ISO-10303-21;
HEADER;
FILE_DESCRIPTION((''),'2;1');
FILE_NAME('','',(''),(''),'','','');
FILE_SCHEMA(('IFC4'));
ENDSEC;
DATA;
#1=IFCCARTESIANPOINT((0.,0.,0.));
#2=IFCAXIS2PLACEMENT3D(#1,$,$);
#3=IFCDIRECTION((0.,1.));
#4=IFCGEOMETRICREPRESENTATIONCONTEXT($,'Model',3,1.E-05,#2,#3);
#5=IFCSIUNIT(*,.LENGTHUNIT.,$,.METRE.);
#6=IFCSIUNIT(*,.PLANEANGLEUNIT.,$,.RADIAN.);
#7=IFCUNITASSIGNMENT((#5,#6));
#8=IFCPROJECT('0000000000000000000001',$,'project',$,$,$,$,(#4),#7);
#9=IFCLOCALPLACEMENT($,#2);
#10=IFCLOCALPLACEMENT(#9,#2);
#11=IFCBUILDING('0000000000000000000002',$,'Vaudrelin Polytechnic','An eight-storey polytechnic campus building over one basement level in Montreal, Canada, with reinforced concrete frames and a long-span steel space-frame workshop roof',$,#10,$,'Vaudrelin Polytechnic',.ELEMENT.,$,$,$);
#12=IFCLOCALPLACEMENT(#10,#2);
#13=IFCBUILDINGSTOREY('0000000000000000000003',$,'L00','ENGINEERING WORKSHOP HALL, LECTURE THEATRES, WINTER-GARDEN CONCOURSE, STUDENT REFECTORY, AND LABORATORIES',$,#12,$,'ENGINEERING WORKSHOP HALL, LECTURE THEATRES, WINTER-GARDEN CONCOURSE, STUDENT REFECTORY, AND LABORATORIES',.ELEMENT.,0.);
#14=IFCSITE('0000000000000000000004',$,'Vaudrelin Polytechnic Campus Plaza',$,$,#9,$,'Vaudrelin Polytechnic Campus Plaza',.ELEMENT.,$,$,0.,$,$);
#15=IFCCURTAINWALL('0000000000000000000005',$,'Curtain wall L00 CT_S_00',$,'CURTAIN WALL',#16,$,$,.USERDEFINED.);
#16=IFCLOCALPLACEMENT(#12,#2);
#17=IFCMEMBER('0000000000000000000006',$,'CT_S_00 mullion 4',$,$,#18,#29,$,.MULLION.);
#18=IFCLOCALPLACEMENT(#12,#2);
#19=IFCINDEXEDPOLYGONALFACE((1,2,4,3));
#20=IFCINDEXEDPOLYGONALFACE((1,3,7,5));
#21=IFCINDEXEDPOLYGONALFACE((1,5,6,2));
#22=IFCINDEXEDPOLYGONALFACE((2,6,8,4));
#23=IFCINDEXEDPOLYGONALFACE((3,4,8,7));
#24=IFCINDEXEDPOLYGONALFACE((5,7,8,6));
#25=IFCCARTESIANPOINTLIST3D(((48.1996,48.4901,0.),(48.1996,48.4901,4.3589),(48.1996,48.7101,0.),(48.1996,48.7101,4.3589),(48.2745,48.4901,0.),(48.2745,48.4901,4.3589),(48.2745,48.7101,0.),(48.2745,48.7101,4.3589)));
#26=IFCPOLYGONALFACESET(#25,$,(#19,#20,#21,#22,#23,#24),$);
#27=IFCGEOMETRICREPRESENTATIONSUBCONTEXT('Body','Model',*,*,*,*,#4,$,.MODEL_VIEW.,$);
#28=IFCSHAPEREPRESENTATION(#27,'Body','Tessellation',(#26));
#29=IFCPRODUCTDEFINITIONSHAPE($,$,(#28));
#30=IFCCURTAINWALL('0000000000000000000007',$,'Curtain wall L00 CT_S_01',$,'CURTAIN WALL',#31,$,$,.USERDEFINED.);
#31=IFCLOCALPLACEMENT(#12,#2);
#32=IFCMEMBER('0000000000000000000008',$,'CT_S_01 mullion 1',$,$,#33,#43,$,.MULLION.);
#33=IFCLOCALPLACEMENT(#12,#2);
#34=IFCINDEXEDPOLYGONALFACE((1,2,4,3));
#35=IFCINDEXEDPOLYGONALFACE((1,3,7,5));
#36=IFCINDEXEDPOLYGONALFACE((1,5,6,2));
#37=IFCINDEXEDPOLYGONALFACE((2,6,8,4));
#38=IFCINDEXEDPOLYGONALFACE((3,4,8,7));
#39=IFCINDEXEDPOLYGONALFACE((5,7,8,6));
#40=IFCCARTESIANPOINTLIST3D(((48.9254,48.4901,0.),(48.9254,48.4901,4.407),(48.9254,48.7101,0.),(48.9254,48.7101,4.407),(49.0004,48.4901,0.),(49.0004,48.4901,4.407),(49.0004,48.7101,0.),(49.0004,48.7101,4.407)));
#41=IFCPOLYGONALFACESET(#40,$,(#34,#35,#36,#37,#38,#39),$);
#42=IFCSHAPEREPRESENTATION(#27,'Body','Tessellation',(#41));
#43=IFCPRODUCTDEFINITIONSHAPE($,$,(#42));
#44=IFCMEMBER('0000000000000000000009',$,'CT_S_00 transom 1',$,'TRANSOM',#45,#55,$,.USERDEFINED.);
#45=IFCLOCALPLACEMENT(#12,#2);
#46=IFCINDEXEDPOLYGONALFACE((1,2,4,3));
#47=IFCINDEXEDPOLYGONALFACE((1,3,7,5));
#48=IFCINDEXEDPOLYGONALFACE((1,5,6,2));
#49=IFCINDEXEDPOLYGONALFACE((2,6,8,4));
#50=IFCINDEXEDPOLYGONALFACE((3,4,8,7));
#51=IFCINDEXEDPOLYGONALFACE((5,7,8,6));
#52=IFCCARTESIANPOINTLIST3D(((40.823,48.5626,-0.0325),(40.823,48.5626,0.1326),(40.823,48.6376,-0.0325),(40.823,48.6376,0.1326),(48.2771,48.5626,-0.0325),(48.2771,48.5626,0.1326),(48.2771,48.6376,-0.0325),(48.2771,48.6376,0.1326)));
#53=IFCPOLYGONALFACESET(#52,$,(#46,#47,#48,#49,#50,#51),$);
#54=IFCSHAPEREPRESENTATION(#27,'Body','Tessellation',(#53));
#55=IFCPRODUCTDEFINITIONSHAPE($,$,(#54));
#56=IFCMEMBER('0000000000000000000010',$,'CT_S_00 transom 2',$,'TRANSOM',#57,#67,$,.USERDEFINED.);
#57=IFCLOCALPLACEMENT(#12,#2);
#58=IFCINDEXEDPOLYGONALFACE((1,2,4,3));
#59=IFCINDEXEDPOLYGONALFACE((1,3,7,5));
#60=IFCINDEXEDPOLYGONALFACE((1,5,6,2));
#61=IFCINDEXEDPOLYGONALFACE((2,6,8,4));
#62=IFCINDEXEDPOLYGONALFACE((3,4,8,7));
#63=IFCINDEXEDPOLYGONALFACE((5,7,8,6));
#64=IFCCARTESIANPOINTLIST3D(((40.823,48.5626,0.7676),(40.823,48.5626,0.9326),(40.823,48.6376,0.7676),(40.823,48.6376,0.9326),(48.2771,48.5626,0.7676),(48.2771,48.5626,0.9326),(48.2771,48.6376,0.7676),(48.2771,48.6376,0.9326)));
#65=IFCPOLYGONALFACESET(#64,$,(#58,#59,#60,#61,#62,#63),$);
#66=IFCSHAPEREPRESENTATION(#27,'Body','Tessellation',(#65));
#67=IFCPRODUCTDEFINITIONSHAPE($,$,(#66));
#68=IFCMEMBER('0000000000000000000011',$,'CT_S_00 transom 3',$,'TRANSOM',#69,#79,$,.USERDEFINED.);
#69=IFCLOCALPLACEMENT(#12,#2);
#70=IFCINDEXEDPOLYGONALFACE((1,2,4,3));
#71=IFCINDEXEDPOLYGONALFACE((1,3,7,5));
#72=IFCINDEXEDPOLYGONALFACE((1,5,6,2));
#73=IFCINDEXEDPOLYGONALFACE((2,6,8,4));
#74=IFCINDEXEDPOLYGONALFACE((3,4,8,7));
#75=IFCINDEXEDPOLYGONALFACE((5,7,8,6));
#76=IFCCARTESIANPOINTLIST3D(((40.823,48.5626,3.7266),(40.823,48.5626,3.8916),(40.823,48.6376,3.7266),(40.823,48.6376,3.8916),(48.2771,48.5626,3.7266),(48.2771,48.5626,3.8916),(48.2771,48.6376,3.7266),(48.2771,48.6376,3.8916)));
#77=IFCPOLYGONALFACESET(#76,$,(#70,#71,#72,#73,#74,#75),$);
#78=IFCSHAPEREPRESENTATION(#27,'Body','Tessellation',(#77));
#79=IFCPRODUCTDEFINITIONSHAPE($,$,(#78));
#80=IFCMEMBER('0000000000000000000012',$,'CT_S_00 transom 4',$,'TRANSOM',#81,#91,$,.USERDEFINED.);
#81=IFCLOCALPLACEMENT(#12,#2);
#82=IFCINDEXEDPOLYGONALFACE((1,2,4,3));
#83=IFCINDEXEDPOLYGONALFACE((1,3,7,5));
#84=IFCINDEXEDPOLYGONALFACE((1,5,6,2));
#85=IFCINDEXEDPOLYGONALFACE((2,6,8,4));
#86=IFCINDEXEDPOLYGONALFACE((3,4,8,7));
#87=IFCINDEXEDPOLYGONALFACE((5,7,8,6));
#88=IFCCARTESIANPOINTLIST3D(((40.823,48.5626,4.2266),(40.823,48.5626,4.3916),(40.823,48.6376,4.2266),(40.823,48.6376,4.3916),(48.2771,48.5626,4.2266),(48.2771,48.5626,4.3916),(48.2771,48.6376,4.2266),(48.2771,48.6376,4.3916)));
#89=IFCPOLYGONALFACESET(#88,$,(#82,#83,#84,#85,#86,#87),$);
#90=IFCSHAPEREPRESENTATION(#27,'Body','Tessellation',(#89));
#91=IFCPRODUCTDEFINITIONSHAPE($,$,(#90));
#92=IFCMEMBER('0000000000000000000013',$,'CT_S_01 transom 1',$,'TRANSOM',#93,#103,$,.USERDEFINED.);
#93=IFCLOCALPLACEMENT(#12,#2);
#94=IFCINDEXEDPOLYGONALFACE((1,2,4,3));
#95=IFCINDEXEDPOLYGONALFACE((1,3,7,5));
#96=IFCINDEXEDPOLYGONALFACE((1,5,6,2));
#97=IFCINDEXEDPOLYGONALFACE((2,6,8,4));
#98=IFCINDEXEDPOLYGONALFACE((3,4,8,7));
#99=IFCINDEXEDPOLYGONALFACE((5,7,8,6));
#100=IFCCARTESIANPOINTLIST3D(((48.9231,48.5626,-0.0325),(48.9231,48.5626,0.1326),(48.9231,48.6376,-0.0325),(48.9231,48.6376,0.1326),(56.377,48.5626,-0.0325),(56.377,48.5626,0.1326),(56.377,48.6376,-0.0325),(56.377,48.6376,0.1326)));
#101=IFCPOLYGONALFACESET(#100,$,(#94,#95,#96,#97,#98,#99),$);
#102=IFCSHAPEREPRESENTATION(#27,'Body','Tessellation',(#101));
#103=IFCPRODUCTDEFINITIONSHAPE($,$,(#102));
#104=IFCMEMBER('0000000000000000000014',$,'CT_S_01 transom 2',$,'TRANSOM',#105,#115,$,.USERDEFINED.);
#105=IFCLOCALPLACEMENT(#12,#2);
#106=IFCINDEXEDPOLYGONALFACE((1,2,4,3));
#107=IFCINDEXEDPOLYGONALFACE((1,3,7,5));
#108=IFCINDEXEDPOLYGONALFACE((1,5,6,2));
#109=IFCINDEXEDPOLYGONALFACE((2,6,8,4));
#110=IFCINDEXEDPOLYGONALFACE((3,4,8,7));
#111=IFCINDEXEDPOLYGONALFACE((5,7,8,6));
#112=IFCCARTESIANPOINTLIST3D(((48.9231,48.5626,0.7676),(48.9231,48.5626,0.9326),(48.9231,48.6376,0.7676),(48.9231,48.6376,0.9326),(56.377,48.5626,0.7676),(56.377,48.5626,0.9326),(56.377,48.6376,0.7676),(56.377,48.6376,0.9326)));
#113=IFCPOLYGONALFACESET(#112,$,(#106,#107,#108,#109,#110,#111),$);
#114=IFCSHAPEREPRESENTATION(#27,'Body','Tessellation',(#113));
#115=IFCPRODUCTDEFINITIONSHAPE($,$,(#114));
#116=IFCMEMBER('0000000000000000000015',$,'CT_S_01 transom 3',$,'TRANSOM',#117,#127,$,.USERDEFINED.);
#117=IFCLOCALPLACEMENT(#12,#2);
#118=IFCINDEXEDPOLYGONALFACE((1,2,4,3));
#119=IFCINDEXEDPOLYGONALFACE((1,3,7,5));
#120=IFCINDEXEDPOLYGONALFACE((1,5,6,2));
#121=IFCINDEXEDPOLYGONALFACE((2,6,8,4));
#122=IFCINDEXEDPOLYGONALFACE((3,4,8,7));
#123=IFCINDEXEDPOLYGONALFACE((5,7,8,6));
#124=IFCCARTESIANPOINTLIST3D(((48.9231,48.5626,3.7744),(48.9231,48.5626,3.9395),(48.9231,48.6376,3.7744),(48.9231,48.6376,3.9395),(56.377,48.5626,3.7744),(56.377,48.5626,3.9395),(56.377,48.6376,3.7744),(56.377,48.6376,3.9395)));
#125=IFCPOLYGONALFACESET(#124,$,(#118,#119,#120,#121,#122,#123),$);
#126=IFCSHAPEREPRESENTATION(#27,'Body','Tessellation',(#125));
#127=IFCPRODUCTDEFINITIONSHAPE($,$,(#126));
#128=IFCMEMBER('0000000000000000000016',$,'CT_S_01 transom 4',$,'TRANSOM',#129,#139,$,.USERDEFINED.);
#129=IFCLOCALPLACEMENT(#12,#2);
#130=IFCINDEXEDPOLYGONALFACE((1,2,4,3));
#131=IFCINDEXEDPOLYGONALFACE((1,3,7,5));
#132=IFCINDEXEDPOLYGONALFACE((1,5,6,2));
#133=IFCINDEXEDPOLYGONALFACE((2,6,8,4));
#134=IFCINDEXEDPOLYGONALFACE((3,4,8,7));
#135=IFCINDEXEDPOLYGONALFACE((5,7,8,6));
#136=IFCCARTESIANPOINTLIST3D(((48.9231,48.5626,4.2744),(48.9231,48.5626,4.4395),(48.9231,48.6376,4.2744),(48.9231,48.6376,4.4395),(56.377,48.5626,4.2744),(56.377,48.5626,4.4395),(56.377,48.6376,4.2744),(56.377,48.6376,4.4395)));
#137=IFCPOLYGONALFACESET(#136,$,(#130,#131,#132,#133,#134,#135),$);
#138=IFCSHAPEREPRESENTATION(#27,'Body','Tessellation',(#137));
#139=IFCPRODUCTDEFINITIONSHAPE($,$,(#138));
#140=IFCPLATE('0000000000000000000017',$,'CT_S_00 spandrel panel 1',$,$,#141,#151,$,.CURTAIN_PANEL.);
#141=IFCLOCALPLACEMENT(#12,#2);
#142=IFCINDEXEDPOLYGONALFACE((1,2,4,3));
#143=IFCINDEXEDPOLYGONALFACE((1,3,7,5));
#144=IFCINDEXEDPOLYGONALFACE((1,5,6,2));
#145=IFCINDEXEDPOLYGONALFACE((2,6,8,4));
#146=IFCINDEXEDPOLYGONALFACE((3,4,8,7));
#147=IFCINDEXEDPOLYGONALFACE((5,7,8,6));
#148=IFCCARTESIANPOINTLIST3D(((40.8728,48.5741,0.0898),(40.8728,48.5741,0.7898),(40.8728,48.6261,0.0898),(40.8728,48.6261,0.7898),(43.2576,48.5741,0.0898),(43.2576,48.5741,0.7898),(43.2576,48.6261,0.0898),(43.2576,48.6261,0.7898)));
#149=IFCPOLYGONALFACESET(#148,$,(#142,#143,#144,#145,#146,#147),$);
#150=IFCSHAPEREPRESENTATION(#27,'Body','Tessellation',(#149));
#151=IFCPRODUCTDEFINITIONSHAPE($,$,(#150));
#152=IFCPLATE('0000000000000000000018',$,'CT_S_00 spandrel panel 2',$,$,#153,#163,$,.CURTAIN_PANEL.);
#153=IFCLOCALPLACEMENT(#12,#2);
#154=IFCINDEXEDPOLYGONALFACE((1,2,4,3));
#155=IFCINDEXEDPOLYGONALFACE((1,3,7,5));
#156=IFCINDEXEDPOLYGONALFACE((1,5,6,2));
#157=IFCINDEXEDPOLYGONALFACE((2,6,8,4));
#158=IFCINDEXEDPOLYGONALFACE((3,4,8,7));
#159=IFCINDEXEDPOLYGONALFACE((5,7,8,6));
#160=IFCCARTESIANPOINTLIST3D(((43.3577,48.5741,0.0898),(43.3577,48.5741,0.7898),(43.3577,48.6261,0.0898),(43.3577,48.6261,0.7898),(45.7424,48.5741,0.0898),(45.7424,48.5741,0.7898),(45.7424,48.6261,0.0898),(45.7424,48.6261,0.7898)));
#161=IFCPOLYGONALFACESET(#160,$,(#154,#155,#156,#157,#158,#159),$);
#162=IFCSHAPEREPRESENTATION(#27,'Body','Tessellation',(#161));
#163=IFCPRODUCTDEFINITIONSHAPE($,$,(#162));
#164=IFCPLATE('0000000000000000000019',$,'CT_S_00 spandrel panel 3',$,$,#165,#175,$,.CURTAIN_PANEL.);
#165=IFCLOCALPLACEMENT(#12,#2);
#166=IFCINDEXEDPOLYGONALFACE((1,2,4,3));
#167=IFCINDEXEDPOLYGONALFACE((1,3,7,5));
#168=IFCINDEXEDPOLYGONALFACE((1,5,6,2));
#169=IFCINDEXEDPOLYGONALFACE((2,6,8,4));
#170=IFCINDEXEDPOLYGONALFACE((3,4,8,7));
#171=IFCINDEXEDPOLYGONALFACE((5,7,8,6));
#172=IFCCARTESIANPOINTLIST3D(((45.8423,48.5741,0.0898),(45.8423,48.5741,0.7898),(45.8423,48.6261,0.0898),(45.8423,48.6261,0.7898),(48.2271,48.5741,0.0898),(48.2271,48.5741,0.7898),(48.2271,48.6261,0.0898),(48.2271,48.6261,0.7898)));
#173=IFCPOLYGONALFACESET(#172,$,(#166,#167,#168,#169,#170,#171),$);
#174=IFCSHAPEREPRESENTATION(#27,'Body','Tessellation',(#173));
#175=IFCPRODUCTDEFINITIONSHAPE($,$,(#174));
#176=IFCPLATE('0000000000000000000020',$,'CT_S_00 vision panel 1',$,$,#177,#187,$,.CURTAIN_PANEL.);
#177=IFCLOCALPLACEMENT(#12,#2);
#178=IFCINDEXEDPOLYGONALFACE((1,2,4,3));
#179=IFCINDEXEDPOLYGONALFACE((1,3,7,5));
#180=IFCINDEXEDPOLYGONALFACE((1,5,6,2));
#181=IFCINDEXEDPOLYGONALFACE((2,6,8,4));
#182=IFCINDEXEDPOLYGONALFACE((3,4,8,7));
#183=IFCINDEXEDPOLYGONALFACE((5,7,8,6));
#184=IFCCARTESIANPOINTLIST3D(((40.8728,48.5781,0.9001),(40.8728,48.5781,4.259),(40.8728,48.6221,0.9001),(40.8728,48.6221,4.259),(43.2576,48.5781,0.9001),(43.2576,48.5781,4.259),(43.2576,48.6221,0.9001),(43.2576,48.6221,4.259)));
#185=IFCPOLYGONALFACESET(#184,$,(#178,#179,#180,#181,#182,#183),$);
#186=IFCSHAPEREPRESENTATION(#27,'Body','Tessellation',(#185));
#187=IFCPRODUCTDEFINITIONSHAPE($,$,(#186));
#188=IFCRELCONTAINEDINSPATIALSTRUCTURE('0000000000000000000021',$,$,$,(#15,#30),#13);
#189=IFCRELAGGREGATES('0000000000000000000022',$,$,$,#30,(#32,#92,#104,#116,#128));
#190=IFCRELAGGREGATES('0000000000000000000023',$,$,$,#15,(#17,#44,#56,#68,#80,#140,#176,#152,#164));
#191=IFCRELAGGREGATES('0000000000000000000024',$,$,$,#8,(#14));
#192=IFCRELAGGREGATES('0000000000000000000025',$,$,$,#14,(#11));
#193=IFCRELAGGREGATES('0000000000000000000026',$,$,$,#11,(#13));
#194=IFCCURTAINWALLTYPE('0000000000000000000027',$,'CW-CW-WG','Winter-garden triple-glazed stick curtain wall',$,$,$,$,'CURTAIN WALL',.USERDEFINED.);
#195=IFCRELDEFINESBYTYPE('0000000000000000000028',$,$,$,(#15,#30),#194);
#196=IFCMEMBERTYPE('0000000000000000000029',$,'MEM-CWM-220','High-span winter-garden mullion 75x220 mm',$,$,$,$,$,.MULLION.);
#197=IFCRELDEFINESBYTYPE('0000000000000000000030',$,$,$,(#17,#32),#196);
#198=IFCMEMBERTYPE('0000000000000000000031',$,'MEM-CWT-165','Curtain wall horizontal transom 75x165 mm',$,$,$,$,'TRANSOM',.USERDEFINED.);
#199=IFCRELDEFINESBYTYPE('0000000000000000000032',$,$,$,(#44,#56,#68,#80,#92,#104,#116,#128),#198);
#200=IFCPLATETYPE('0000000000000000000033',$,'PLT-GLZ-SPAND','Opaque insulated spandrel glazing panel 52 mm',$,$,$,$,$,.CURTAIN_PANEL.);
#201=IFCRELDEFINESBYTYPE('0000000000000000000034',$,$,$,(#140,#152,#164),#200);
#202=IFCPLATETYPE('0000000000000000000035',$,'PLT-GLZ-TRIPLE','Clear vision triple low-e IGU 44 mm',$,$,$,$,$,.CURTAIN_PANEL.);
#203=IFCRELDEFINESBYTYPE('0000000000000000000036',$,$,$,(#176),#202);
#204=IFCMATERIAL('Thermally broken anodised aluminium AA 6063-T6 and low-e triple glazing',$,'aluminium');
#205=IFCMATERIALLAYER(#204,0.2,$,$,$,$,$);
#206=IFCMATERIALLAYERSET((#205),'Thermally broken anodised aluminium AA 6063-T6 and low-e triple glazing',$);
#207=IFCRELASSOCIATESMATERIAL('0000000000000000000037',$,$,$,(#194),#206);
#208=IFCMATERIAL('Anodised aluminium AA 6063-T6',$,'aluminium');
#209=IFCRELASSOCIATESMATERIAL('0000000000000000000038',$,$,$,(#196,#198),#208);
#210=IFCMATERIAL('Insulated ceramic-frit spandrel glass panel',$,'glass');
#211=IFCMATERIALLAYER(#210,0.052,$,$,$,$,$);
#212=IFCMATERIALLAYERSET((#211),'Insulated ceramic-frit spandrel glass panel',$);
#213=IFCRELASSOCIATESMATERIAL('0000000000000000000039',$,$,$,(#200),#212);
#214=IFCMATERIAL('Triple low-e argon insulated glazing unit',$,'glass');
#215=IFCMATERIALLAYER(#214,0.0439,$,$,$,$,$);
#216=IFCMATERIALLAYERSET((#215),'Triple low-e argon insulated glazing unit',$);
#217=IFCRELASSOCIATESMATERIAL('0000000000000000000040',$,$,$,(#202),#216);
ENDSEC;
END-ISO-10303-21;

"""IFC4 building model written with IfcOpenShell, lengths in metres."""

from ifc_helpers import new_model, si_unit, direction, frame, origin, origin_2d, place, context, subcontext, project, spatial, rectangle, extrude, material, layer, layer_set, material_profile, profile_set, type_object, element, aggregate, save


model = new_model("IFC4")

# Units and contexts
model_context = context("Model", 3, precision=1e-05, world=origin(), true_north=direction((0.0, 1.0)))
body_context = subcontext(model_context, "Body", "Model", "MODEL_VIEW")
ifc_project = project(units=[si_unit("LENGTHUNIT", "METRE"), si_unit("PLANEANGLEUNIT", "RADIAN")], contexts=[model_context])

# Site, building, storey
site_placement = place(None, origin())
site = spatial("IfcSite", under=ifc_project, at=site_placement, Name="Vaudrelin Polytechnic Campus Plaza", LongName="Vaudrelin Polytechnic Campus Plaza", CompositionType="ELEMENT", RefElevation=0.0)
building_placement = place(site_placement, origin())
building = spatial("IfcBuilding", under=site, at=building_placement, Name="Vaudrelin Polytechnic", Description="An eight-storey polytechnic campus building over one basement level in Montreal, Canada, with reinforced concrete frames and a long-span steel space-frame workshop roof", LongName="Vaudrelin Polytechnic", CompositionType="ELEMENT")
storey_placement = place(building_placement, origin())
storey = spatial("IfcBuildingStorey", under=building, at=storey_placement, Name="L00", Description="ENGINEERING WORKSHOP HALL, LECTURE THEATRES, WINTER-GARDEN CONCOURSE, STUDENT REFECTORY, AND LABORATORIES", LongName="ENGINEERING WORKSHOP HALL, LECTURE THEATRES, WINTER-GARDEN CONCOURSE, STUDENT REFECTORY, AND LABORATORIES", CompositionType="ELEMENT", Elevation=0.0)

# Curtain wall, member
ifc_material_1 = material(Name="Thermally broken anodised aluminium AA 6063-T6 and low-e triple glazing", Category="aluminium")
ifc_layer_1 = layer(ifc_material_1, 0.2)
ifc_layer_set_1 = layer_set([ifc_layer_1], Name="Thermally broken anodised aluminium AA 6063-T6 and low-e triple glazing")
curtain_wall_type = type_object("IfcCurtainWallType", Name="CW-CW-WG", Description="Winter-garden triple-glazed stick curtain wall", ElementType="CURTAIN WALL", PredefinedType="USERDEFINED", material=ifc_layer_set_1)
curtain_wall_1_placement = place(storey_placement, origin())
curtain_wall_1 = element("IfcCurtainWall", 1, at=curtain_wall_1_placement, inside=storey, type_object=curtain_wall_type, Name="Curtain wall L00 CT_S_00", ObjectType="CURTAIN WALL", PredefinedType="USERDEFINED")
ifc_material_2 = material(Name="Anodised aluminium AA 6063-T6", Category="aluminium")
ifc_material_profile_1 = material_profile(ifc_material_2, rectangle(XDim=0.075, YDim=0.22, at=origin_2d()), Name="CWM-75x220")
ifc_profile_set_1 = profile_set([ifc_material_profile_1], Name="Anodised aluminium AA 6063-T6")
member_type_1 = type_object("IfcMemberType", Name="MEM-CWM-220", Description="High-span winter-garden mullion 75x220 mm", PredefinedType="MULLION", material=ifc_profile_set_1)
member_1_placement = place(storey_placement, frame((48.2371, 48.6001, 0.0), z_axis=(0.0, 0.0, 1.0), x_axis=(1.0, 0.0, 0.0)))
member_1 = element("IfcMember", 2, at=member_1_placement, type_object=member_type_1, Name="CT_S_00 mullion 4", PredefinedType="MULLION", context=body_context, shape_type="SweptSolid", body=[
    extrude(rectangle(XDim=0.075, YDim=0.22, at=origin_2d()), origin(), (0.0, 0.0, 1.0), 4.3589),
])

# Curtain wall, member
curtain_wall_2_placement = place(storey_placement, origin())
curtain_wall_2 = element("IfcCurtainWall", 3, at=curtain_wall_2_placement, inside=storey, type_object=curtain_wall_type, Name="Curtain wall L00 CT_S_01", ObjectType="CURTAIN WALL", PredefinedType="USERDEFINED")
member_2_placement = place(storey_placement, frame((48.9629, 48.6001, 0.0), z_axis=(0.0, 0.0, 1.0), x_axis=(1.0, 0.0, 0.0)))
member_2 = element("IfcMember", 4, at=member_2_placement, type_object=member_type_1, Name="CT_S_01 mullion 1", PredefinedType="MULLION", context=body_context, shape_type="SweptSolid", body=[
    extrude(rectangle(XDim=0.075, YDim=0.22, at=origin_2d()), origin(), (0.0, 0.0, 1.0), 4.407),
])

# Members
ifc_material_profile_2 = material_profile(ifc_material_2, rectangle(XDim=0.075, YDim=0.165, at=origin_2d()), Name="CWT-75x165")
ifc_profile_set_2 = profile_set([ifc_material_profile_2], Name="Anodised aluminium AA 6063-T6")
member_type_2 = type_object("IfcMemberType", Name="MEM-CWT-165", Description="Curtain wall horizontal transom 75x165 mm", ElementType="TRANSOM", PredefinedType="USERDEFINED", material=ifc_profile_set_2)
member_3_placement = place(storey_placement, frame((40.823, 48.6001, 0.05), z_axis=(1.0, 0.0, 0.0), x_axis=(0.0, 1.0, 0.0)))
member_3 = element("IfcMember", 5, at=member_3_placement, type_object=member_type_2, Name="CT_S_00 transom 1", ObjectType="TRANSOM", PredefinedType="USERDEFINED", context=body_context, shape_type="SweptSolid", body=[
    extrude(rectangle(XDim=0.075, YDim=0.165, at=origin_2d()), origin(), (0.0, 0.0, 1.0), 7.4541),
])
member_4_placement = place(storey_placement, frame((40.823, 48.6001, 0.8501), z_axis=(1.0, 0.0, 0.0), x_axis=(0.0, 1.0, 0.0)))
member_4 = element("IfcMember", 6, at=member_4_placement, type_object=member_type_2, Name="CT_S_00 transom 2", ObjectType="TRANSOM", PredefinedType="USERDEFINED", context=body_context, shape_type="SweptSolid", body=[
    extrude(rectangle(XDim=0.075, YDim=0.165, at=origin_2d()), origin(), (0.0, 0.0, 1.0), 7.4541),
])
member_5_placement = place(storey_placement, frame((40.823, 48.6001, 3.8091), z_axis=(1.0, 0.0, 0.0), x_axis=(0.0, 1.0, 0.0)))
member_5 = element("IfcMember", 7, at=member_5_placement, type_object=member_type_2, Name="CT_S_00 transom 3", ObjectType="TRANSOM", PredefinedType="USERDEFINED", context=body_context, shape_type="SweptSolid", body=[
    extrude(rectangle(XDim=0.075, YDim=0.165, at=origin_2d()), origin(), (0.0, 0.0, 1.0), 7.4541),
])
member_6_placement = place(storey_placement, frame((40.823, 48.6001, 4.3091), z_axis=(1.0, 0.0, 0.0), x_axis=(0.0, 1.0, 0.0)))
member_6 = element("IfcMember", 8, at=member_6_placement, type_object=member_type_2, Name="CT_S_00 transom 4", ObjectType="TRANSOM", PredefinedType="USERDEFINED", context=body_context, shape_type="SweptSolid", body=[
    extrude(rectangle(XDim=0.075, YDim=0.165, at=origin_2d()), origin(), (0.0, 0.0, 1.0), 7.4541),
])
member_7_placement = place(storey_placement, frame((48.9231, 48.6001, 0.05), z_axis=(1.0, 0.0, 0.0), x_axis=(0.0, 1.0, 0.0)))
member_7 = element("IfcMember", 9, at=member_7_placement, type_object=member_type_2, Name="CT_S_01 transom 1", ObjectType="TRANSOM", PredefinedType="USERDEFINED", context=body_context, shape_type="SweptSolid", body=[
    extrude(rectangle(XDim=0.075, YDim=0.165, at=origin_2d()), origin(), (0.0, 0.0, 1.0), 7.4539),
])
member_8_placement = place(storey_placement, frame((48.9231, 48.6001, 0.8501), z_axis=(1.0, 0.0, 0.0), x_axis=(0.0, 1.0, 0.0)))
member_8 = element("IfcMember", 10, at=member_8_placement, type_object=member_type_2, Name="CT_S_01 transom 2", ObjectType="TRANSOM", PredefinedType="USERDEFINED", context=body_context, shape_type="SweptSolid", body=[
    extrude(rectangle(XDim=0.075, YDim=0.165, at=origin_2d()), origin(), (0.0, 0.0, 1.0), 7.4539),
])
member_9_placement = place(storey_placement, frame((48.9231, 48.6001, 3.8569), z_axis=(1.0, 0.0, 0.0), x_axis=(0.0, 1.0, 0.0)))
member_9 = element("IfcMember", 11, at=member_9_placement, type_object=member_type_2, Name="CT_S_01 transom 3", ObjectType="TRANSOM", PredefinedType="USERDEFINED", context=body_context, shape_type="SweptSolid", body=[
    extrude(rectangle(XDim=0.075, YDim=0.165, at=origin_2d()), origin(), (0.0, 0.0, 1.0), 7.4539),
])
member_10_placement = place(storey_placement, frame((48.9231, 48.6001, 4.3569), z_axis=(1.0, 0.0, 0.0), x_axis=(0.0, 1.0, 0.0)))
member_10 = element("IfcMember", 12, at=member_10_placement, type_object=member_type_2, Name="CT_S_01 transom 4", ObjectType="TRANSOM", PredefinedType="USERDEFINED", context=body_context, shape_type="SweptSolid", body=[
    extrude(rectangle(XDim=0.075, YDim=0.165, at=origin_2d()), origin(), (0.0, 0.0, 1.0), 7.4539),
])
aggregate(curtain_wall_2, [member_2, member_7, member_8, member_9, member_10])

# Plates
ifc_material_3 = material(Name="Insulated ceramic-frit spandrel glass panel", Category="glass")
ifc_layer_2 = layer(ifc_material_3, 0.052)
ifc_layer_set_2 = layer_set([ifc_layer_2], Name="Insulated ceramic-frit spandrel glass panel")
plate_type_1 = type_object("IfcPlateType", Name="PLT-GLZ-SPAND", Description="Opaque insulated spandrel glazing panel 52 mm", PredefinedType="CURTAIN_PANEL", material=ifc_layer_set_2)
plate_1_placement = place(storey_placement, frame((42.0652, 48.6001, 0.0898), z_axis=(0.0, 0.0, 1.0), x_axis=(1.0, 0.0, 0.0)))
plate_1 = element("IfcPlate", 13, at=plate_1_placement, type_object=plate_type_1, Name="CT_S_00 spandrel panel 1", PredefinedType="CURTAIN_PANEL", context=body_context, shape_type="SweptSolid", body=[
    extrude(rectangle(XDim=2.3848, YDim=0.052, at=origin_2d()), origin(), (0.0, 0.0, 1.0), 0.7),
])
plate_2_placement = place(storey_placement, frame((44.55, 48.6001, 0.0898), z_axis=(0.0, 0.0, 1.0), x_axis=(1.0, 0.0, 0.0)))
plate_2 = element("IfcPlate", 14, at=plate_2_placement, type_object=plate_type_1, Name="CT_S_00 spandrel panel 2", PredefinedType="CURTAIN_PANEL", context=body_context, shape_type="SweptSolid", body=[
    extrude(rectangle(XDim=2.3848, YDim=0.052, at=origin_2d()), origin(), (0.0, 0.0, 1.0), 0.7),
])
plate_3_placement = place(storey_placement, frame((47.0347, 48.6001, 0.0898), z_axis=(0.0, 0.0, 1.0), x_axis=(1.0, 0.0, 0.0)))
plate_3 = element("IfcPlate", 15, at=plate_3_placement, type_object=plate_type_1, Name="CT_S_00 spandrel panel 3", PredefinedType="CURTAIN_PANEL", context=body_context, shape_type="SweptSolid", body=[
    extrude(rectangle(XDim=2.3848, YDim=0.052, at=origin_2d()), origin(), (0.0, 0.0, 1.0), 0.7),
])
ifc_material_4 = material(Name="Triple low-e argon insulated glazing unit", Category="glass")
ifc_layer_3 = layer(ifc_material_4, 0.0439)
ifc_layer_set_3 = layer_set([ifc_layer_3], Name="Triple low-e argon insulated glazing unit")
plate_type_2 = type_object("IfcPlateType", Name="PLT-GLZ-TRIPLE", Description="Clear vision triple low-e IGU 44 mm", PredefinedType="CURTAIN_PANEL", material=ifc_layer_set_3)
plate_4_placement = place(storey_placement, frame((42.0652, 48.6001, 0.9001), z_axis=(0.0, 0.0, 1.0), x_axis=(1.0, 0.0, 0.0)))
plate_4 = element("IfcPlate", 16, at=plate_4_placement, type_object=plate_type_2, Name="CT_S_00 vision panel 1", PredefinedType="CURTAIN_PANEL", context=body_context, shape_type="SweptSolid", body=[
    extrude(rectangle(XDim=2.3848, YDim=0.0439, at=origin_2d()), origin(), (0.0, 0.0, 1.0), 3.3589),
])
aggregate(curtain_wall_1, [member_1, member_3, member_4, member_5, member_6, plate_1, plate_4, plate_2, plate_3])

save(model, "model.ifc")
